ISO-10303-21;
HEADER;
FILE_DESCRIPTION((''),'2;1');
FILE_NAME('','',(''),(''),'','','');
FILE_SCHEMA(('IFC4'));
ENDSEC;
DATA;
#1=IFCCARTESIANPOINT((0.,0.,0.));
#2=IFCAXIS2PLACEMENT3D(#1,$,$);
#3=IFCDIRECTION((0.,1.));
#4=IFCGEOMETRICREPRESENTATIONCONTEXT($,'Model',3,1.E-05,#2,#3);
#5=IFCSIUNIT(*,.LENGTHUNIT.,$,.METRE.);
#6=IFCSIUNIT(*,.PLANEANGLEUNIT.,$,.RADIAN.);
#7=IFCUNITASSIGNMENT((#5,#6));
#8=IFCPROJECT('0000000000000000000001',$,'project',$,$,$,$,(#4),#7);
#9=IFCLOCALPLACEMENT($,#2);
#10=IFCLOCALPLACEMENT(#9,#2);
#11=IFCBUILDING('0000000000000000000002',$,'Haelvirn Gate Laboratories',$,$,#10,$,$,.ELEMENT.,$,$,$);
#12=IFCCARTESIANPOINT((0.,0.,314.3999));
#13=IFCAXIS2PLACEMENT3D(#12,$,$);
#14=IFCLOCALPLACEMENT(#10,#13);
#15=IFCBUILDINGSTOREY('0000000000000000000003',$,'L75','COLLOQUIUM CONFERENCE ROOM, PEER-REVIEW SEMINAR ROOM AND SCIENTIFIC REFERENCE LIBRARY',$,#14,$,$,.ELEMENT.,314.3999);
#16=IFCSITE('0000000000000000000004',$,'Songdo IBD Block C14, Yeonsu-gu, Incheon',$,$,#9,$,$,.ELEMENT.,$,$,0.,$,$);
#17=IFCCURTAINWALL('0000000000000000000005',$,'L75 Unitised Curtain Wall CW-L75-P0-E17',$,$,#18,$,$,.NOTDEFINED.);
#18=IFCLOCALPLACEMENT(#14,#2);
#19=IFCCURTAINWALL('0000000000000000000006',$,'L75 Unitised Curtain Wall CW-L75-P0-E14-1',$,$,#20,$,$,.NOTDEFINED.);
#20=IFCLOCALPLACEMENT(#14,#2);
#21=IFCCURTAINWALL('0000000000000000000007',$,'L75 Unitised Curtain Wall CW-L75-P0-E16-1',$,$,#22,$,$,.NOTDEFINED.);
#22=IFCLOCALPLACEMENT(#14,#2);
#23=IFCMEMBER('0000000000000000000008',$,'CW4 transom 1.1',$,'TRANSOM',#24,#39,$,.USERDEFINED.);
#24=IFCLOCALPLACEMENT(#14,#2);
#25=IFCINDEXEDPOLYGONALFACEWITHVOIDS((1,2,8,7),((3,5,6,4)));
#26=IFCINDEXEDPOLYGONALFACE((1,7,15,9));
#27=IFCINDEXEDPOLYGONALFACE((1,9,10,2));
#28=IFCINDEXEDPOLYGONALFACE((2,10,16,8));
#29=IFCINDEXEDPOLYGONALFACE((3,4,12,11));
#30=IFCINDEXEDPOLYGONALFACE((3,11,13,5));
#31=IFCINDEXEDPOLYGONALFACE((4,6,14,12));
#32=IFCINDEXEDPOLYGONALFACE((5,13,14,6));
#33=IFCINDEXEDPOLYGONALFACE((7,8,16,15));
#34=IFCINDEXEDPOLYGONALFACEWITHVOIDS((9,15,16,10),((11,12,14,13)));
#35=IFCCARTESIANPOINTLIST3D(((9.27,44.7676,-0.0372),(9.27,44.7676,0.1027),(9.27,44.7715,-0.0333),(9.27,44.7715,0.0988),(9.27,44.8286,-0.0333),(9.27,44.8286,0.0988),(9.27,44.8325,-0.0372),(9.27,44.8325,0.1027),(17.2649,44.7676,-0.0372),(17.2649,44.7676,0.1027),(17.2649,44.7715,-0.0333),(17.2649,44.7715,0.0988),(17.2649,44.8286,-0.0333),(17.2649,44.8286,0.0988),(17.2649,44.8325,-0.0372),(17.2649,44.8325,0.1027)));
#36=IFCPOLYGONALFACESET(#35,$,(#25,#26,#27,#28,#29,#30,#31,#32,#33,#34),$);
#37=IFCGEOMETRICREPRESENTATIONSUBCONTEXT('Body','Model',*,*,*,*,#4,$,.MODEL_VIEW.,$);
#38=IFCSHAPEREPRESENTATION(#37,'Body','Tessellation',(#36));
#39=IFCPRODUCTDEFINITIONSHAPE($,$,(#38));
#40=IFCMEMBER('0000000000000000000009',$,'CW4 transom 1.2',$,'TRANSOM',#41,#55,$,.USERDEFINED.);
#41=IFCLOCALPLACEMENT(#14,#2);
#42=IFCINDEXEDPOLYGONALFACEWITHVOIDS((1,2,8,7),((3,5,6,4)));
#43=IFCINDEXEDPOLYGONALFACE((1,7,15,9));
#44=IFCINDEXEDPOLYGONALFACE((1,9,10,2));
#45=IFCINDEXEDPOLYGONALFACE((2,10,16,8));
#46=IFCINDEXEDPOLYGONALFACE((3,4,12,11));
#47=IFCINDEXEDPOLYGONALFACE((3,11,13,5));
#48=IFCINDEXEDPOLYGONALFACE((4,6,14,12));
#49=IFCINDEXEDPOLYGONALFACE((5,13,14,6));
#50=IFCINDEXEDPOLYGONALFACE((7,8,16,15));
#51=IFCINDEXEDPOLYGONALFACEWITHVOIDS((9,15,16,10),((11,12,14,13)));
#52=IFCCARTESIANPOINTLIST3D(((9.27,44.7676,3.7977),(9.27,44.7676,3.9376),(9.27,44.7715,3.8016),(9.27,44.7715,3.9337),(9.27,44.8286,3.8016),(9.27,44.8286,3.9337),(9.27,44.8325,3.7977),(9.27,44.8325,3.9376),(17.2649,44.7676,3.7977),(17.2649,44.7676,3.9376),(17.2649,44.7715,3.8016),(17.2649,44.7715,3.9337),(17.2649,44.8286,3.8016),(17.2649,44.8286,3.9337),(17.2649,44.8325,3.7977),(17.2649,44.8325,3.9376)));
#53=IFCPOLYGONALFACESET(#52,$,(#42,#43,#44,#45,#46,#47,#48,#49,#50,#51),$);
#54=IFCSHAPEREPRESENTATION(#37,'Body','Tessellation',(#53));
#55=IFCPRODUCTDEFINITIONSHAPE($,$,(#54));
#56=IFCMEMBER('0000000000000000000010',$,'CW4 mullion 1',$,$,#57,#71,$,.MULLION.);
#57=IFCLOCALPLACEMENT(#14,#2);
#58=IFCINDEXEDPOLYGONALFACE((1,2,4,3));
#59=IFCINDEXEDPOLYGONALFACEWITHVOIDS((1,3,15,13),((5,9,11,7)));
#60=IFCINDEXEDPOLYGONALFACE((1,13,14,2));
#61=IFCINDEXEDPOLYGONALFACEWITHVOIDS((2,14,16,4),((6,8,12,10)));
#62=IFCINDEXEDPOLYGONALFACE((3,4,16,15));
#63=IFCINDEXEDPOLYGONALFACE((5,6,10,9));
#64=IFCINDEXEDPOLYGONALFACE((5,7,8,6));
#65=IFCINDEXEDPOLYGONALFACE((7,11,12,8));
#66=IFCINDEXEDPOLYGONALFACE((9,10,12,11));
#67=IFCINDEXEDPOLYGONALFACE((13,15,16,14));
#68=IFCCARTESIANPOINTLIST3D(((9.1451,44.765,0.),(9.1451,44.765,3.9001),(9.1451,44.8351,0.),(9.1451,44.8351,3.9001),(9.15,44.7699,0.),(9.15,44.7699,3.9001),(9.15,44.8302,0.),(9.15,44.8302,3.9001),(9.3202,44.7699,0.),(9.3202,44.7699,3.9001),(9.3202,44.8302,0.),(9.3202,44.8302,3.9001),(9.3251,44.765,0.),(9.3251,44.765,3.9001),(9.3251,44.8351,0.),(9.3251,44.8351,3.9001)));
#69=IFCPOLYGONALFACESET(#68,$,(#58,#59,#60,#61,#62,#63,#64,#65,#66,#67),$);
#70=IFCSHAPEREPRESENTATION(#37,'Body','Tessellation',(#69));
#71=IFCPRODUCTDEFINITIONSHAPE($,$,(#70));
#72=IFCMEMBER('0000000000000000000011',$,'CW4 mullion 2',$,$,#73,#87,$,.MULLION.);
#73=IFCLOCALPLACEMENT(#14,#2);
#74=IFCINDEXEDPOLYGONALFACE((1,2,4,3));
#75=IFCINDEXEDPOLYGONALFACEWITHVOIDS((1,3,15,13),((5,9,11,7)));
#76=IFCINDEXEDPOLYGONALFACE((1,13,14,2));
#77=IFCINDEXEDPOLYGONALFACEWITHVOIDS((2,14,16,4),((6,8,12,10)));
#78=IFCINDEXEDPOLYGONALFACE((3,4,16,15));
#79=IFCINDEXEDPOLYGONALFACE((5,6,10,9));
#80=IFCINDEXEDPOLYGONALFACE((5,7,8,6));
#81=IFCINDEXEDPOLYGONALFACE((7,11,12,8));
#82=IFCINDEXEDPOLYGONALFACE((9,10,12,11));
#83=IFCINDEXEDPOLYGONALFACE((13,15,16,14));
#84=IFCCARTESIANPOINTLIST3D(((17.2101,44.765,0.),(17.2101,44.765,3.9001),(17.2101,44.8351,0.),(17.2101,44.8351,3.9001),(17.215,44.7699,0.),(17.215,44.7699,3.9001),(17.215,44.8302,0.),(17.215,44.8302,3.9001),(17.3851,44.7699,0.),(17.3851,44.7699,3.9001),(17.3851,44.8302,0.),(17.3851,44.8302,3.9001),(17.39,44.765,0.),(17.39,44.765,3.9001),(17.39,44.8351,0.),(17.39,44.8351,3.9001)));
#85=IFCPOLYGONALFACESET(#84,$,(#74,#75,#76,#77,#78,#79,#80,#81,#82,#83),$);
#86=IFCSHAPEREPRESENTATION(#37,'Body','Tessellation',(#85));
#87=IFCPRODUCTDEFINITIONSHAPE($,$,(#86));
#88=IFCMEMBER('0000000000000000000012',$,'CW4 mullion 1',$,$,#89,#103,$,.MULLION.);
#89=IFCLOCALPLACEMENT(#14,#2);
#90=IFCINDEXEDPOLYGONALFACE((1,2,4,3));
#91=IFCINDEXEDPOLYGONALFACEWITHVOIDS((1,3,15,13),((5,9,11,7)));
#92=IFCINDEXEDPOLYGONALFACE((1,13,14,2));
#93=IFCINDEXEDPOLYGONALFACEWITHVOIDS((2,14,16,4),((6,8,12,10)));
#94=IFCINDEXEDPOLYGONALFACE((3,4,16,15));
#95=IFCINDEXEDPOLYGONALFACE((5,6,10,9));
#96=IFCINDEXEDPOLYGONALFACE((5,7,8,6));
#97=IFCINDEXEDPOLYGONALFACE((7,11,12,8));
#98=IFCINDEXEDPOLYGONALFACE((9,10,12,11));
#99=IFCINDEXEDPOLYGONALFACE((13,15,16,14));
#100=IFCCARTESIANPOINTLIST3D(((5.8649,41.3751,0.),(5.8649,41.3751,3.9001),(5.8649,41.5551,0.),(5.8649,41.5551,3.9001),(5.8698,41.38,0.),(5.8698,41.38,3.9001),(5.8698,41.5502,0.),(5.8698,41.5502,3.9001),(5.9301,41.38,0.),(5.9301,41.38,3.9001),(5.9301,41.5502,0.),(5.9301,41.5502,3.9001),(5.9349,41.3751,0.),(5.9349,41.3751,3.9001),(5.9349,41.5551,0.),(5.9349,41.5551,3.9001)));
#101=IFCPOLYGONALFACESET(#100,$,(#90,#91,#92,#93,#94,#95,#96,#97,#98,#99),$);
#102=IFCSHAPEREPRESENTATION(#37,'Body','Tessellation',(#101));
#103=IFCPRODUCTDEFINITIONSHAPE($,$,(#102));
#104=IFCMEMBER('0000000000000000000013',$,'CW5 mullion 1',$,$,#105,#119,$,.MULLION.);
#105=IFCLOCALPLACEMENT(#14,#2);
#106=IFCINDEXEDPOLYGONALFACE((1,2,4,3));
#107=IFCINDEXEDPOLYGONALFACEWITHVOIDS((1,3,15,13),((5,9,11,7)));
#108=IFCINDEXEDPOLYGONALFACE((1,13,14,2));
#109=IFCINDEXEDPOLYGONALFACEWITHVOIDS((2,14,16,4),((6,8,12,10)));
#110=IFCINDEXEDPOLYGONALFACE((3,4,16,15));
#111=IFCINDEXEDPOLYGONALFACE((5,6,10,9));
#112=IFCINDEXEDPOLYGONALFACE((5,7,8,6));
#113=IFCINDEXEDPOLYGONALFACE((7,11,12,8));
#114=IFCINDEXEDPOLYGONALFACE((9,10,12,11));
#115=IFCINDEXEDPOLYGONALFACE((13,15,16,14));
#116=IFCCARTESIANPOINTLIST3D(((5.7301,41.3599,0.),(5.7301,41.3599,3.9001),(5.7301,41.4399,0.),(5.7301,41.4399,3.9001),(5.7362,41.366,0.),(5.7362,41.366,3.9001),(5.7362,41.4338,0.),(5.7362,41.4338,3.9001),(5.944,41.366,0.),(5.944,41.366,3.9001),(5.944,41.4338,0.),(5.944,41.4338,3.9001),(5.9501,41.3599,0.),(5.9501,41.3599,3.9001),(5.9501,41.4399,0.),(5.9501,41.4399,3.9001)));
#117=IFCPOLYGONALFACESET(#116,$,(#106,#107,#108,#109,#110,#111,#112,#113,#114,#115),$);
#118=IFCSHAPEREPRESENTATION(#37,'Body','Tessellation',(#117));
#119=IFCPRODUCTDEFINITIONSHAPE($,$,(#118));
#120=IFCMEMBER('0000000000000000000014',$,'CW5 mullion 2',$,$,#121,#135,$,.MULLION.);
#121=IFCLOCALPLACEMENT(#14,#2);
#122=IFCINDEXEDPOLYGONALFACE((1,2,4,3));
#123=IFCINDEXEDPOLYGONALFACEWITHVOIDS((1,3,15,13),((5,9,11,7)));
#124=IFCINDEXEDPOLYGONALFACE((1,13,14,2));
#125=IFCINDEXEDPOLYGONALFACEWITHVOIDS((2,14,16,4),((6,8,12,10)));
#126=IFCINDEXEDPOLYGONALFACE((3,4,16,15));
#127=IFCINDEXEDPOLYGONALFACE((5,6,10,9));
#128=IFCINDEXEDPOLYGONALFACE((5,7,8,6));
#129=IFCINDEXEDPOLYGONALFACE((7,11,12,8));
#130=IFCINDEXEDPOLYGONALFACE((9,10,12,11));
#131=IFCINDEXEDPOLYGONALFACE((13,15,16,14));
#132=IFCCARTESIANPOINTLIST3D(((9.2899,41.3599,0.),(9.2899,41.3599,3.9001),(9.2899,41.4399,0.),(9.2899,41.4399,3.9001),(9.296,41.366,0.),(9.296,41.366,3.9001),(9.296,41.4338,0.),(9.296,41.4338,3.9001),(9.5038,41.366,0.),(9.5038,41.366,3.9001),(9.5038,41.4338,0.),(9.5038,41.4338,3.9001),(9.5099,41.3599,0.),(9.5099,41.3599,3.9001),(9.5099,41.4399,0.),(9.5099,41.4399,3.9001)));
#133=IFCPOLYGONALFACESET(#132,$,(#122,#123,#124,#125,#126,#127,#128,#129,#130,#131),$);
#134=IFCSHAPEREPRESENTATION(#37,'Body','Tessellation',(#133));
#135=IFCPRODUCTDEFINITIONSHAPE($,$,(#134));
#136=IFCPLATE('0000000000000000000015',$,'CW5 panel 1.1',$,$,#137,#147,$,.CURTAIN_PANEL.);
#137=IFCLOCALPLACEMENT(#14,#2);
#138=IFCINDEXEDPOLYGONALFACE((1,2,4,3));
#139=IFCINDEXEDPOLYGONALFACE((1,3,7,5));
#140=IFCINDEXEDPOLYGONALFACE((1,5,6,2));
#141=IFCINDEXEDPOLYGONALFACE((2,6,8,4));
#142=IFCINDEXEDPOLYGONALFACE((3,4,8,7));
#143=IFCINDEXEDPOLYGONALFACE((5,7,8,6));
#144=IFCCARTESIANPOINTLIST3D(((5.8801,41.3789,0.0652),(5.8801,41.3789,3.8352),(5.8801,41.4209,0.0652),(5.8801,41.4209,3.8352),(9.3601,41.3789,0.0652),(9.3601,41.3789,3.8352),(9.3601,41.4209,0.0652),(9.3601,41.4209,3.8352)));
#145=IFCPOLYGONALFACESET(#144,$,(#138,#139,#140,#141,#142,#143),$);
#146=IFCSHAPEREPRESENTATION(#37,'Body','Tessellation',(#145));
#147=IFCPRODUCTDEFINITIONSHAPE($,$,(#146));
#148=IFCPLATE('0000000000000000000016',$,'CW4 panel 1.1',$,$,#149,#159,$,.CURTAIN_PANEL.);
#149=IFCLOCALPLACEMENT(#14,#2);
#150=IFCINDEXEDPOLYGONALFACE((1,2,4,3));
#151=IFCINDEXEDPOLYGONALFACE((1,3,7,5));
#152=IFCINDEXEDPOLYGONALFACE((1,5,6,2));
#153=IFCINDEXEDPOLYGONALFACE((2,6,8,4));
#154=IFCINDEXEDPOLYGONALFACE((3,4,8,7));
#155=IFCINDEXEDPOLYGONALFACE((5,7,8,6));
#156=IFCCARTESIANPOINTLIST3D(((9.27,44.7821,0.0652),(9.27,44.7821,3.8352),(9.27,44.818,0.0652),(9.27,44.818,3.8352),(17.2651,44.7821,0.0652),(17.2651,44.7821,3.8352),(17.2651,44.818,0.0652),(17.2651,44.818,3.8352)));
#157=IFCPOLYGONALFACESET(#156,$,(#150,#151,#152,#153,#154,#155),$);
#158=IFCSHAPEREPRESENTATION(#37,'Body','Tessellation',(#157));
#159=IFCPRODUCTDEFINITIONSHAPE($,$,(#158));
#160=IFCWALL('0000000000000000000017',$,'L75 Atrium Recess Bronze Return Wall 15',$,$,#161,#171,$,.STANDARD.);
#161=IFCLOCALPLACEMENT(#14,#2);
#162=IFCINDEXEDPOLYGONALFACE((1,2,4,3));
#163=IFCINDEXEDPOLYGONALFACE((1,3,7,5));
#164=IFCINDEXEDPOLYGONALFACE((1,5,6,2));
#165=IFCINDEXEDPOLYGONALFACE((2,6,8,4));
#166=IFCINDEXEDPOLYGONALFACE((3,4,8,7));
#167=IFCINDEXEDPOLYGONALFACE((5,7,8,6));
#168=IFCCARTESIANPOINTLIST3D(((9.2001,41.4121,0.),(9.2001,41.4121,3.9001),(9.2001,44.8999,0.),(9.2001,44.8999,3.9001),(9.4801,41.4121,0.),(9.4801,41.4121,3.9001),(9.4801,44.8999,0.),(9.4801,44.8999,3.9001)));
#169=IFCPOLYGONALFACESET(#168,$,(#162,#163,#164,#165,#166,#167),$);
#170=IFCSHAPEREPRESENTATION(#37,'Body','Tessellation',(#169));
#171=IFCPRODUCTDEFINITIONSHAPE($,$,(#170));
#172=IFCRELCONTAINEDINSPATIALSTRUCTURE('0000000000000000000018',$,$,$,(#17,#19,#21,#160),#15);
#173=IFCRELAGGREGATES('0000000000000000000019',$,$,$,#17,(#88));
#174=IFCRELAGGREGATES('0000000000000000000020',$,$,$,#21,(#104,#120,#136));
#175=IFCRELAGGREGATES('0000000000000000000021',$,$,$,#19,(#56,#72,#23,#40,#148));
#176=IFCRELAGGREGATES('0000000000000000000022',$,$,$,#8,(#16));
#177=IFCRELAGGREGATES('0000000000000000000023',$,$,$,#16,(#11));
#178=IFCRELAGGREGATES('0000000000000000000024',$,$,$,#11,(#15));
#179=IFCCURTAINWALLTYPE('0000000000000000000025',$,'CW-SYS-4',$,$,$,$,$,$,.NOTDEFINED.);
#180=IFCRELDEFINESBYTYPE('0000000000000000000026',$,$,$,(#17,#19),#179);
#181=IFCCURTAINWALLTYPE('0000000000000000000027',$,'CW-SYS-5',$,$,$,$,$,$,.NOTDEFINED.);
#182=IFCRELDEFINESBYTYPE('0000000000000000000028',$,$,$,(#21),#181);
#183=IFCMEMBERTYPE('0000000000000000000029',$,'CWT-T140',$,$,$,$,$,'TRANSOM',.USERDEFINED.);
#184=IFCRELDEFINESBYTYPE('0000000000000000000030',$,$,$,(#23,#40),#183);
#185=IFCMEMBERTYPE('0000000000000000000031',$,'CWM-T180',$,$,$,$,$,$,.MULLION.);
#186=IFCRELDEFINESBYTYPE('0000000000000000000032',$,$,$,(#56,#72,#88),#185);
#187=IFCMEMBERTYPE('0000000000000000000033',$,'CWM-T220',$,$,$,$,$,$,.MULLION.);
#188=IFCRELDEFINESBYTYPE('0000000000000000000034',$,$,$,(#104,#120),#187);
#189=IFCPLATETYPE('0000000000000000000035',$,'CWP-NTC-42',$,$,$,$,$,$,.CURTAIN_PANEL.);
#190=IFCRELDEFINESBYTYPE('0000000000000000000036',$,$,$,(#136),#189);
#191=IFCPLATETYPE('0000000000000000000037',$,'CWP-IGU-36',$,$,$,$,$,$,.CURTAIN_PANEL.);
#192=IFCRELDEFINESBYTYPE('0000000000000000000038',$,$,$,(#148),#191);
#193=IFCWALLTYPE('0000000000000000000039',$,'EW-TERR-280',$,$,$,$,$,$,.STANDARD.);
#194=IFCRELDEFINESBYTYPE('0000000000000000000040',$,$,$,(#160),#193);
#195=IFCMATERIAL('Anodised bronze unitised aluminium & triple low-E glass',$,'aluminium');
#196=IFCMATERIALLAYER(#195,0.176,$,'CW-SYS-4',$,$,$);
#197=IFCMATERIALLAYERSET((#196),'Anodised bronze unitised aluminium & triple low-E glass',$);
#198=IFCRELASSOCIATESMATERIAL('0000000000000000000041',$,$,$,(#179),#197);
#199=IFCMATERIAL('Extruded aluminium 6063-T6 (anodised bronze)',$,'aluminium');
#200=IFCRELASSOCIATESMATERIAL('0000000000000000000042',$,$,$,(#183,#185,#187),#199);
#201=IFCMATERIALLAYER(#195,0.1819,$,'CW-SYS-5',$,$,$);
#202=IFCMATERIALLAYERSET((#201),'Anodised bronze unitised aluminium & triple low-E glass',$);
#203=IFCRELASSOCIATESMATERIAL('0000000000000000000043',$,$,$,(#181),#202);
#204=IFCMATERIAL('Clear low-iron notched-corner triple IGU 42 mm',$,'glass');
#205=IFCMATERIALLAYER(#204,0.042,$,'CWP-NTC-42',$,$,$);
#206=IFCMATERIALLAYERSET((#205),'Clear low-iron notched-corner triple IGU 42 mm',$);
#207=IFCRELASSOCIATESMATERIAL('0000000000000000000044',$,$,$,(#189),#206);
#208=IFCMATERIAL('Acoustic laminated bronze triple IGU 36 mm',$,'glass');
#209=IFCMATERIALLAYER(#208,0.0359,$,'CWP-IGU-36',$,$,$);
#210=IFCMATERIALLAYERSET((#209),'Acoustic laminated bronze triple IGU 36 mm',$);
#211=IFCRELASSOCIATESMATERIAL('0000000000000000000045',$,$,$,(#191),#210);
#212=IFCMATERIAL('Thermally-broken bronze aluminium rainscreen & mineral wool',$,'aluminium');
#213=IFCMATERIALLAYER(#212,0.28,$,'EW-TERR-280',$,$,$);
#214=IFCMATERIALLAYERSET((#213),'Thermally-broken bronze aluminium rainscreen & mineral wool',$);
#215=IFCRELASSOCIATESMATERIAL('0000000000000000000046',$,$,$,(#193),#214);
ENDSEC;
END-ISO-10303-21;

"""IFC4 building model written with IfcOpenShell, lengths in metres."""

from ifc_helpers import new_model, si_unit, direction, frame, frame_2d, origin, origin_2d, place, context, subcontext, project, spatial, rectangle, hollow_rectangle, extrude, source, transform, mapped, material, layer, layer_set, material_profile, profile_set, type_object, type_shapes, element, aggregate, save


model = new_model("IFC4")

# Units and contexts
model_context = context("Model", 3, precision=1e-05, world=origin(), true_north=direction((0.0, 1.0)))
body_context = subcontext(model_context, "Body", "Model", "MODEL_VIEW")
ifc_project = project(units=[si_unit("LENGTHUNIT", "METRE"), si_unit("PLANEANGLEUNIT", "RADIAN")], contexts=[model_context])

# Site, building, storey
site_placement = place(None, origin())
site = spatial("IfcSite", under=ifc_project, at=site_placement, Name="Songdo IBD Block C14, Yeonsu-gu, Incheon", CompositionType="ELEMENT", RefElevation=0.0)
building_placement = place(site_placement, origin())
building = spatial("IfcBuilding", under=site, at=building_placement, Name="Haelvirn Gate Laboratories", CompositionType="ELEMENT")
storey_placement = place(building_placement, frame((0.0, 0.0, 314.3999)))
storey = spatial("IfcBuildingStorey", under=building, at=storey_placement, Name="L75", Description="COLLOQUIUM CONFERENCE ROOM, PEER-REVIEW SEMINAR ROOM AND SCIENTIFIC REFERENCE LIBRARY", CompositionType="ELEMENT", Elevation=314.3999)

# Curtain wall
ifc_material_1 = material(Name="Anodised bronze unitised aluminium & triple low-E glass", Category="aluminium")
ifc_layer_1 = layer(ifc_material_1, 0.176, Name="CW-SYS-4")
ifc_layer_set_1 = layer_set([ifc_layer_1], Name="Anodised bronze unitised aluminium & triple low-E glass")
curtain_wall_type_1 = type_object("IfcCurtainWallType", Name="CW-SYS-4", PredefinedType="NOTDEFINED", material=ifc_layer_set_1)
curtain_wall_1_placement = place(storey_placement, origin())
curtain_wall_1 = element("IfcCurtainWall", 1, at=curtain_wall_1_placement, inside=storey, type_object=curtain_wall_type_1, Name="L75 Unitised Curtain Wall CW-L75-P0-E17", PredefinedType="NOTDEFINED")
ifc_material_2 = material(Name="Extruded aluminium 6063-T6 (anodised bronze)", Category="aluminium")
ifc_material_profile_1 = material_profile(ifc_material_2, hollow_rectangle(XDim=0.0649, YDim=0.1399, WallThickness=0.0039, at=origin_2d()), Name="CWT-140x65x4")
ifc_profile_set_1 = profile_set([ifc_material_profile_1], Name="Extruded aluminium 6063-T6 (anodised bronze)")
member_type_1 = type_object("IfcMemberType", Name="CWT-T140", ElementType="TRANSOM", PredefinedType="USERDEFINED", material=ifc_profile_set_1)

# Curtain wall
curtain_wall_2_placement = place(storey_placement, origin())
curtain_wall_2 = element("IfcCurtainWall", 2, at=curtain_wall_2_placement, inside=storey, type_object=curtain_wall_type_1, Name="L75 Unitised Curtain Wall CW-L75-P0-E14-1", PredefinedType="NOTDEFINED")

# Curtain wall
ifc_layer_2 = layer(ifc_material_1, 0.1819, Name="CW-SYS-5")
ifc_layer_set_2 = layer_set([ifc_layer_2], Name="Anodised bronze unitised aluminium & triple low-E glass")
curtain_wall_type_2 = type_object("IfcCurtainWallType", Name="CW-SYS-5", PredefinedType="NOTDEFINED", material=ifc_layer_set_2)
curtain_wall_3_placement = place(storey_placement, origin())
curtain_wall_3 = element("IfcCurtainWall", 3, at=curtain_wall_3_placement, inside=storey, type_object=curtain_wall_type_2, Name="L75 Unitised Curtain Wall CW-L75-P0-E16-1", PredefinedType="NOTDEFINED")

# Members
shared_shape_1 = source(origin(), body_context, "Body", "SweptSolid", [
    extrude(hollow_rectangle(XDim=0.0649, YDim=0.1399, WallThickness=0.0039, at=origin_2d()), origin(), (0.0, 0.0, 1.0), 7.9949),
])
member_1_placement = place(storey_placement, frame((9.27, 44.8, 0.0327), z_axis=(1.0, 0.0, 0.0), x_axis=(0.0, 1.0, 0.0)))
member_1 = element("IfcMember", 4, at=member_1_placement, type_object=member_type_1, Name="CW4 transom 1.1", ObjectType="TRANSOM", PredefinedType="USERDEFINED", context=body_context, shape_type="MappedRepresentation", body=[
    mapped(shared_shape_1, transform((0.0, 0.0, 0.0), scale=1.0)),
])
member_2_placement = place(storey_placement, frame((9.27, 44.8, 3.8677), z_axis=(1.0, 0.0, 0.0), x_axis=(0.0, 1.0, 0.0)))
member_2 = element("IfcMember", 5, at=member_2_placement, type_object=member_type_1, Name="CW4 transom 1.2", ObjectType="TRANSOM", PredefinedType="USERDEFINED", context=body_context, shape_type="MappedRepresentation", body=[
    mapped(shared_shape_1, transform((0.0, 0.0, 0.0), scale=1.0)),
])
ifc_material_profile_2 = material_profile(ifc_material_2, hollow_rectangle(XDim=0.0701, YDim=0.1799, WallThickness=0.0049, at=origin_2d()), Name="CWM-180x70x5")
ifc_profile_set_2 = profile_set([ifc_material_profile_2], Name="Extruded aluminium 6063-T6 (anodised bronze)")
member_type_2 = type_object("IfcMemberType", Name="CWM-T180", PredefinedType="MULLION", material=ifc_profile_set_2)
shared_shape_2 = source(origin(), body_context, "Body", "SweptSolid", [
    extrude(hollow_rectangle(XDim=0.0701, YDim=0.1799, WallThickness=0.0049, at=origin_2d()), origin(), (0.0, 0.0, 1.0), 3.9001),
])
type_shapes(member_type_2, [shared_shape_2])
member_3_placement = place(storey_placement, frame((9.2351, 44.8, 0.0), z_axis=(0.0, 0.0, 1.0), x_axis=(0.0, 1.0, 0.0)))
member_3 = element("IfcMember", 6, at=member_3_placement, type_object=member_type_2, Name="CW4 mullion 1", PredefinedType="MULLION", context=body_context, shape_type="MappedRepresentation", body=[
    mapped(shared_shape_2, transform((0.0, 0.0, 0.0), scale=1.0)),
])
member_4_placement = place(storey_placement, frame((17.3, 44.8, 0.0), z_axis=(0.0, 0.0, 1.0), x_axis=(0.0, 1.0, 0.0)))
member_4 = element("IfcMember", 7, at=member_4_placement, type_object=member_type_2, Name="CW4 mullion 2", PredefinedType="MULLION", context=body_context, shape_type="MappedRepresentation", body=[
    mapped(shared_shape_2, transform((0.0, 0.0, 0.0), scale=1.0)),
])
member_5_placement = place(storey_placement, frame((5.8999, 41.4651, 0.0), z_axis=(0.0, 0.0, 1.0), x_axis=(1.0, 0.0, 0.0)))
member_5 = element("IfcMember", 8, at=member_5_placement, type_object=member_type_2, Name="CW4 mullion 1", PredefinedType="MULLION", context=body_context, shape_type="MappedRepresentation", body=[
    mapped(shared_shape_2, transform((0.0, 0.0, 0.0), scale=1.0)),
])
aggregate(curtain_wall_1, [member_5])
ifc_material_profile_3 = material_profile(ifc_material_2, hollow_rectangle(XDim=0.0801, YDim=0.22, WallThickness=0.0061, at=origin_2d()), Name="CWM-220x80x6")
ifc_profile_set_3 = profile_set([ifc_material_profile_3], Name="Extruded aluminium 6063-T6 (anodised bronze)")
member_type_3 = type_object("IfcMemberType", Name="CWM-T220", PredefinedType="MULLION", material=ifc_profile_set_3)
shared_shape_3 = source(origin(), body_context, "Body", "SweptSolid", [
    extrude(hollow_rectangle(XDim=0.0801, YDim=0.22, WallThickness=0.0061, at=origin_2d()), origin(), (0.0, 0.0, 1.0), 3.9001),
])
type_shapes(member_type_3, [shared_shape_3])
member_6_placement = place(storey_placement, frame((5.8401, 41.3999, 0.0), z_axis=(0.0, 0.0, 1.0), x_axis=(0.0, 1.0, 0.0)))
member_6 = element("IfcMember", 9, at=member_6_placement, type_object=member_type_3, Name="CW5 mullion 1", PredefinedType="MULLION", context=body_context, shape_type="MappedRepresentation", body=[
    mapped(shared_shape_3, transform((0.0, 0.0, 0.0), scale=1.0)),
])
member_7_placement = place(storey_placement, frame((9.3999, 41.3999, 0.0), z_axis=(0.0, 0.0, 1.0), x_axis=(0.0, 1.0, 0.0)))
member_7 = element("IfcMember", 10, at=member_7_placement, type_object=member_type_3, Name="CW5 mullion 2", PredefinedType="MULLION", context=body_context, shape_type="MappedRepresentation", body=[
    mapped(shared_shape_3, transform((0.0, 0.0, 0.0), scale=1.0)),
])

# Plates
ifc_material_3 = material(Name="Clear low-iron notched-corner triple IGU 42 mm", Category="glass")
ifc_layer_3 = layer(ifc_material_3, 0.042, Name="CWP-NTC-42")
ifc_layer_set_3 = layer_set([ifc_layer_3], Name="Clear low-iron notched-corner triple IGU 42 mm")
plate_type_1 = type_object("IfcPlateType", Name="CWP-NTC-42", PredefinedType="CURTAIN_PANEL", material=ifc_layer_set_3)
shared_shape_4 = source(origin(), body_context, "Body", "SweptSolid", [
    extrude(rectangle(XDim=3.48, YDim=0.042, at=origin_2d()), origin(), (0.0, 0.0, 1.0), 3.77),
])
type_shapes(plate_type_1, [shared_shape_4])
plate_1_placement = place(storey_placement, frame((7.6201, 41.3999, 0.0652), z_axis=(0.0, 0.0, 1.0), x_axis=(1.0, 0.0, 0.0)))
plate_1 = element("IfcPlate", 11, at=plate_1_placement, type_object=plate_type_1, Name="CW5 panel 1.1", PredefinedType="CURTAIN_PANEL", context=body_context, shape_type="MappedRepresentation", body=[
    mapped(shared_shape_4, transform((0.0, 0.0, 0.0), scale=1.0)),
])
aggregate(curtain_wall_3, [member_6, member_7, plate_1])
ifc_material_4 = material(Name="Acoustic laminated bronze triple IGU 36 mm", Category="glass")
ifc_layer_4 = layer(ifc_material_4, 0.0359, Name="CWP-IGU-36")
ifc_layer_set_4 = layer_set([ifc_layer_4], Name="Acoustic laminated bronze triple IGU 36 mm")
plate_type_2 = type_object("IfcPlateType", Name="CWP-IGU-36", PredefinedType="CURTAIN_PANEL", material=ifc_layer_set_4)
shared_shape_5 = source(origin(), body_context, "Body", "SweptSolid", [
    extrude(rectangle(XDim=7.9951, YDim=0.0359, at=origin_2d()), origin(), (0.0, 0.0, 1.0), 3.77),
])
type_shapes(plate_type_2, [shared_shape_5])
plate_2_placement = place(storey_placement, frame((13.2676, 44.8, 0.0652), z_axis=(0.0, 0.0, 1.0), x_axis=(1.0, 0.0, 0.0)))
plate_2 = element("IfcPlate", 12, at=plate_2_placement, type_object=plate_type_2, Name="CW4 panel 1.1", PredefinedType="CURTAIN_PANEL", context=body_context, shape_type="MappedRepresentation", body=[
    mapped(shared_shape_5, transform((0.0, 0.0, 0.0), scale=1.0)),
])
aggregate(curtain_wall_2, [member_3, member_4, member_1, member_2, plate_2])

# Wall
ifc_material_5 = material(Name="Thermally-broken bronze aluminium rainscreen & mineral wool", Category="aluminium")
ifc_layer_5 = layer(ifc_material_5, 0.28, Name="EW-TERR-280")
ifc_layer_set_5 = layer_set([ifc_layer_5], Name="Thermally-broken bronze aluminium rainscreen & mineral wool")
wall_type_1 = type_object("IfcWallType", Name="EW-TERR-280", PredefinedType="STANDARD", material=ifc_layer_set_5)
wall_1_placement = place(storey_placement, frame((9.3401, 44.8999, 0.0), z_axis=(0.0, 0.0, 1.0), x_axis=(0.0, -1.0, 0.0)))
element("IfcWall", 13, at=wall_1_placement, inside=storey, type_object=wall_type_1, Name="L75 Atrium Recess Bronze Return Wall 15", PredefinedType="STANDARD", context=body_context, shape_type="SweptSolid", body=[
    extrude(rectangle(XDim=3.4878, YDim=0.28, at=frame_2d((1.7439, 0.0))), origin(), (0.0, 0.0, 1.0), 3.9001),
])

save(model, "model.ifc")
